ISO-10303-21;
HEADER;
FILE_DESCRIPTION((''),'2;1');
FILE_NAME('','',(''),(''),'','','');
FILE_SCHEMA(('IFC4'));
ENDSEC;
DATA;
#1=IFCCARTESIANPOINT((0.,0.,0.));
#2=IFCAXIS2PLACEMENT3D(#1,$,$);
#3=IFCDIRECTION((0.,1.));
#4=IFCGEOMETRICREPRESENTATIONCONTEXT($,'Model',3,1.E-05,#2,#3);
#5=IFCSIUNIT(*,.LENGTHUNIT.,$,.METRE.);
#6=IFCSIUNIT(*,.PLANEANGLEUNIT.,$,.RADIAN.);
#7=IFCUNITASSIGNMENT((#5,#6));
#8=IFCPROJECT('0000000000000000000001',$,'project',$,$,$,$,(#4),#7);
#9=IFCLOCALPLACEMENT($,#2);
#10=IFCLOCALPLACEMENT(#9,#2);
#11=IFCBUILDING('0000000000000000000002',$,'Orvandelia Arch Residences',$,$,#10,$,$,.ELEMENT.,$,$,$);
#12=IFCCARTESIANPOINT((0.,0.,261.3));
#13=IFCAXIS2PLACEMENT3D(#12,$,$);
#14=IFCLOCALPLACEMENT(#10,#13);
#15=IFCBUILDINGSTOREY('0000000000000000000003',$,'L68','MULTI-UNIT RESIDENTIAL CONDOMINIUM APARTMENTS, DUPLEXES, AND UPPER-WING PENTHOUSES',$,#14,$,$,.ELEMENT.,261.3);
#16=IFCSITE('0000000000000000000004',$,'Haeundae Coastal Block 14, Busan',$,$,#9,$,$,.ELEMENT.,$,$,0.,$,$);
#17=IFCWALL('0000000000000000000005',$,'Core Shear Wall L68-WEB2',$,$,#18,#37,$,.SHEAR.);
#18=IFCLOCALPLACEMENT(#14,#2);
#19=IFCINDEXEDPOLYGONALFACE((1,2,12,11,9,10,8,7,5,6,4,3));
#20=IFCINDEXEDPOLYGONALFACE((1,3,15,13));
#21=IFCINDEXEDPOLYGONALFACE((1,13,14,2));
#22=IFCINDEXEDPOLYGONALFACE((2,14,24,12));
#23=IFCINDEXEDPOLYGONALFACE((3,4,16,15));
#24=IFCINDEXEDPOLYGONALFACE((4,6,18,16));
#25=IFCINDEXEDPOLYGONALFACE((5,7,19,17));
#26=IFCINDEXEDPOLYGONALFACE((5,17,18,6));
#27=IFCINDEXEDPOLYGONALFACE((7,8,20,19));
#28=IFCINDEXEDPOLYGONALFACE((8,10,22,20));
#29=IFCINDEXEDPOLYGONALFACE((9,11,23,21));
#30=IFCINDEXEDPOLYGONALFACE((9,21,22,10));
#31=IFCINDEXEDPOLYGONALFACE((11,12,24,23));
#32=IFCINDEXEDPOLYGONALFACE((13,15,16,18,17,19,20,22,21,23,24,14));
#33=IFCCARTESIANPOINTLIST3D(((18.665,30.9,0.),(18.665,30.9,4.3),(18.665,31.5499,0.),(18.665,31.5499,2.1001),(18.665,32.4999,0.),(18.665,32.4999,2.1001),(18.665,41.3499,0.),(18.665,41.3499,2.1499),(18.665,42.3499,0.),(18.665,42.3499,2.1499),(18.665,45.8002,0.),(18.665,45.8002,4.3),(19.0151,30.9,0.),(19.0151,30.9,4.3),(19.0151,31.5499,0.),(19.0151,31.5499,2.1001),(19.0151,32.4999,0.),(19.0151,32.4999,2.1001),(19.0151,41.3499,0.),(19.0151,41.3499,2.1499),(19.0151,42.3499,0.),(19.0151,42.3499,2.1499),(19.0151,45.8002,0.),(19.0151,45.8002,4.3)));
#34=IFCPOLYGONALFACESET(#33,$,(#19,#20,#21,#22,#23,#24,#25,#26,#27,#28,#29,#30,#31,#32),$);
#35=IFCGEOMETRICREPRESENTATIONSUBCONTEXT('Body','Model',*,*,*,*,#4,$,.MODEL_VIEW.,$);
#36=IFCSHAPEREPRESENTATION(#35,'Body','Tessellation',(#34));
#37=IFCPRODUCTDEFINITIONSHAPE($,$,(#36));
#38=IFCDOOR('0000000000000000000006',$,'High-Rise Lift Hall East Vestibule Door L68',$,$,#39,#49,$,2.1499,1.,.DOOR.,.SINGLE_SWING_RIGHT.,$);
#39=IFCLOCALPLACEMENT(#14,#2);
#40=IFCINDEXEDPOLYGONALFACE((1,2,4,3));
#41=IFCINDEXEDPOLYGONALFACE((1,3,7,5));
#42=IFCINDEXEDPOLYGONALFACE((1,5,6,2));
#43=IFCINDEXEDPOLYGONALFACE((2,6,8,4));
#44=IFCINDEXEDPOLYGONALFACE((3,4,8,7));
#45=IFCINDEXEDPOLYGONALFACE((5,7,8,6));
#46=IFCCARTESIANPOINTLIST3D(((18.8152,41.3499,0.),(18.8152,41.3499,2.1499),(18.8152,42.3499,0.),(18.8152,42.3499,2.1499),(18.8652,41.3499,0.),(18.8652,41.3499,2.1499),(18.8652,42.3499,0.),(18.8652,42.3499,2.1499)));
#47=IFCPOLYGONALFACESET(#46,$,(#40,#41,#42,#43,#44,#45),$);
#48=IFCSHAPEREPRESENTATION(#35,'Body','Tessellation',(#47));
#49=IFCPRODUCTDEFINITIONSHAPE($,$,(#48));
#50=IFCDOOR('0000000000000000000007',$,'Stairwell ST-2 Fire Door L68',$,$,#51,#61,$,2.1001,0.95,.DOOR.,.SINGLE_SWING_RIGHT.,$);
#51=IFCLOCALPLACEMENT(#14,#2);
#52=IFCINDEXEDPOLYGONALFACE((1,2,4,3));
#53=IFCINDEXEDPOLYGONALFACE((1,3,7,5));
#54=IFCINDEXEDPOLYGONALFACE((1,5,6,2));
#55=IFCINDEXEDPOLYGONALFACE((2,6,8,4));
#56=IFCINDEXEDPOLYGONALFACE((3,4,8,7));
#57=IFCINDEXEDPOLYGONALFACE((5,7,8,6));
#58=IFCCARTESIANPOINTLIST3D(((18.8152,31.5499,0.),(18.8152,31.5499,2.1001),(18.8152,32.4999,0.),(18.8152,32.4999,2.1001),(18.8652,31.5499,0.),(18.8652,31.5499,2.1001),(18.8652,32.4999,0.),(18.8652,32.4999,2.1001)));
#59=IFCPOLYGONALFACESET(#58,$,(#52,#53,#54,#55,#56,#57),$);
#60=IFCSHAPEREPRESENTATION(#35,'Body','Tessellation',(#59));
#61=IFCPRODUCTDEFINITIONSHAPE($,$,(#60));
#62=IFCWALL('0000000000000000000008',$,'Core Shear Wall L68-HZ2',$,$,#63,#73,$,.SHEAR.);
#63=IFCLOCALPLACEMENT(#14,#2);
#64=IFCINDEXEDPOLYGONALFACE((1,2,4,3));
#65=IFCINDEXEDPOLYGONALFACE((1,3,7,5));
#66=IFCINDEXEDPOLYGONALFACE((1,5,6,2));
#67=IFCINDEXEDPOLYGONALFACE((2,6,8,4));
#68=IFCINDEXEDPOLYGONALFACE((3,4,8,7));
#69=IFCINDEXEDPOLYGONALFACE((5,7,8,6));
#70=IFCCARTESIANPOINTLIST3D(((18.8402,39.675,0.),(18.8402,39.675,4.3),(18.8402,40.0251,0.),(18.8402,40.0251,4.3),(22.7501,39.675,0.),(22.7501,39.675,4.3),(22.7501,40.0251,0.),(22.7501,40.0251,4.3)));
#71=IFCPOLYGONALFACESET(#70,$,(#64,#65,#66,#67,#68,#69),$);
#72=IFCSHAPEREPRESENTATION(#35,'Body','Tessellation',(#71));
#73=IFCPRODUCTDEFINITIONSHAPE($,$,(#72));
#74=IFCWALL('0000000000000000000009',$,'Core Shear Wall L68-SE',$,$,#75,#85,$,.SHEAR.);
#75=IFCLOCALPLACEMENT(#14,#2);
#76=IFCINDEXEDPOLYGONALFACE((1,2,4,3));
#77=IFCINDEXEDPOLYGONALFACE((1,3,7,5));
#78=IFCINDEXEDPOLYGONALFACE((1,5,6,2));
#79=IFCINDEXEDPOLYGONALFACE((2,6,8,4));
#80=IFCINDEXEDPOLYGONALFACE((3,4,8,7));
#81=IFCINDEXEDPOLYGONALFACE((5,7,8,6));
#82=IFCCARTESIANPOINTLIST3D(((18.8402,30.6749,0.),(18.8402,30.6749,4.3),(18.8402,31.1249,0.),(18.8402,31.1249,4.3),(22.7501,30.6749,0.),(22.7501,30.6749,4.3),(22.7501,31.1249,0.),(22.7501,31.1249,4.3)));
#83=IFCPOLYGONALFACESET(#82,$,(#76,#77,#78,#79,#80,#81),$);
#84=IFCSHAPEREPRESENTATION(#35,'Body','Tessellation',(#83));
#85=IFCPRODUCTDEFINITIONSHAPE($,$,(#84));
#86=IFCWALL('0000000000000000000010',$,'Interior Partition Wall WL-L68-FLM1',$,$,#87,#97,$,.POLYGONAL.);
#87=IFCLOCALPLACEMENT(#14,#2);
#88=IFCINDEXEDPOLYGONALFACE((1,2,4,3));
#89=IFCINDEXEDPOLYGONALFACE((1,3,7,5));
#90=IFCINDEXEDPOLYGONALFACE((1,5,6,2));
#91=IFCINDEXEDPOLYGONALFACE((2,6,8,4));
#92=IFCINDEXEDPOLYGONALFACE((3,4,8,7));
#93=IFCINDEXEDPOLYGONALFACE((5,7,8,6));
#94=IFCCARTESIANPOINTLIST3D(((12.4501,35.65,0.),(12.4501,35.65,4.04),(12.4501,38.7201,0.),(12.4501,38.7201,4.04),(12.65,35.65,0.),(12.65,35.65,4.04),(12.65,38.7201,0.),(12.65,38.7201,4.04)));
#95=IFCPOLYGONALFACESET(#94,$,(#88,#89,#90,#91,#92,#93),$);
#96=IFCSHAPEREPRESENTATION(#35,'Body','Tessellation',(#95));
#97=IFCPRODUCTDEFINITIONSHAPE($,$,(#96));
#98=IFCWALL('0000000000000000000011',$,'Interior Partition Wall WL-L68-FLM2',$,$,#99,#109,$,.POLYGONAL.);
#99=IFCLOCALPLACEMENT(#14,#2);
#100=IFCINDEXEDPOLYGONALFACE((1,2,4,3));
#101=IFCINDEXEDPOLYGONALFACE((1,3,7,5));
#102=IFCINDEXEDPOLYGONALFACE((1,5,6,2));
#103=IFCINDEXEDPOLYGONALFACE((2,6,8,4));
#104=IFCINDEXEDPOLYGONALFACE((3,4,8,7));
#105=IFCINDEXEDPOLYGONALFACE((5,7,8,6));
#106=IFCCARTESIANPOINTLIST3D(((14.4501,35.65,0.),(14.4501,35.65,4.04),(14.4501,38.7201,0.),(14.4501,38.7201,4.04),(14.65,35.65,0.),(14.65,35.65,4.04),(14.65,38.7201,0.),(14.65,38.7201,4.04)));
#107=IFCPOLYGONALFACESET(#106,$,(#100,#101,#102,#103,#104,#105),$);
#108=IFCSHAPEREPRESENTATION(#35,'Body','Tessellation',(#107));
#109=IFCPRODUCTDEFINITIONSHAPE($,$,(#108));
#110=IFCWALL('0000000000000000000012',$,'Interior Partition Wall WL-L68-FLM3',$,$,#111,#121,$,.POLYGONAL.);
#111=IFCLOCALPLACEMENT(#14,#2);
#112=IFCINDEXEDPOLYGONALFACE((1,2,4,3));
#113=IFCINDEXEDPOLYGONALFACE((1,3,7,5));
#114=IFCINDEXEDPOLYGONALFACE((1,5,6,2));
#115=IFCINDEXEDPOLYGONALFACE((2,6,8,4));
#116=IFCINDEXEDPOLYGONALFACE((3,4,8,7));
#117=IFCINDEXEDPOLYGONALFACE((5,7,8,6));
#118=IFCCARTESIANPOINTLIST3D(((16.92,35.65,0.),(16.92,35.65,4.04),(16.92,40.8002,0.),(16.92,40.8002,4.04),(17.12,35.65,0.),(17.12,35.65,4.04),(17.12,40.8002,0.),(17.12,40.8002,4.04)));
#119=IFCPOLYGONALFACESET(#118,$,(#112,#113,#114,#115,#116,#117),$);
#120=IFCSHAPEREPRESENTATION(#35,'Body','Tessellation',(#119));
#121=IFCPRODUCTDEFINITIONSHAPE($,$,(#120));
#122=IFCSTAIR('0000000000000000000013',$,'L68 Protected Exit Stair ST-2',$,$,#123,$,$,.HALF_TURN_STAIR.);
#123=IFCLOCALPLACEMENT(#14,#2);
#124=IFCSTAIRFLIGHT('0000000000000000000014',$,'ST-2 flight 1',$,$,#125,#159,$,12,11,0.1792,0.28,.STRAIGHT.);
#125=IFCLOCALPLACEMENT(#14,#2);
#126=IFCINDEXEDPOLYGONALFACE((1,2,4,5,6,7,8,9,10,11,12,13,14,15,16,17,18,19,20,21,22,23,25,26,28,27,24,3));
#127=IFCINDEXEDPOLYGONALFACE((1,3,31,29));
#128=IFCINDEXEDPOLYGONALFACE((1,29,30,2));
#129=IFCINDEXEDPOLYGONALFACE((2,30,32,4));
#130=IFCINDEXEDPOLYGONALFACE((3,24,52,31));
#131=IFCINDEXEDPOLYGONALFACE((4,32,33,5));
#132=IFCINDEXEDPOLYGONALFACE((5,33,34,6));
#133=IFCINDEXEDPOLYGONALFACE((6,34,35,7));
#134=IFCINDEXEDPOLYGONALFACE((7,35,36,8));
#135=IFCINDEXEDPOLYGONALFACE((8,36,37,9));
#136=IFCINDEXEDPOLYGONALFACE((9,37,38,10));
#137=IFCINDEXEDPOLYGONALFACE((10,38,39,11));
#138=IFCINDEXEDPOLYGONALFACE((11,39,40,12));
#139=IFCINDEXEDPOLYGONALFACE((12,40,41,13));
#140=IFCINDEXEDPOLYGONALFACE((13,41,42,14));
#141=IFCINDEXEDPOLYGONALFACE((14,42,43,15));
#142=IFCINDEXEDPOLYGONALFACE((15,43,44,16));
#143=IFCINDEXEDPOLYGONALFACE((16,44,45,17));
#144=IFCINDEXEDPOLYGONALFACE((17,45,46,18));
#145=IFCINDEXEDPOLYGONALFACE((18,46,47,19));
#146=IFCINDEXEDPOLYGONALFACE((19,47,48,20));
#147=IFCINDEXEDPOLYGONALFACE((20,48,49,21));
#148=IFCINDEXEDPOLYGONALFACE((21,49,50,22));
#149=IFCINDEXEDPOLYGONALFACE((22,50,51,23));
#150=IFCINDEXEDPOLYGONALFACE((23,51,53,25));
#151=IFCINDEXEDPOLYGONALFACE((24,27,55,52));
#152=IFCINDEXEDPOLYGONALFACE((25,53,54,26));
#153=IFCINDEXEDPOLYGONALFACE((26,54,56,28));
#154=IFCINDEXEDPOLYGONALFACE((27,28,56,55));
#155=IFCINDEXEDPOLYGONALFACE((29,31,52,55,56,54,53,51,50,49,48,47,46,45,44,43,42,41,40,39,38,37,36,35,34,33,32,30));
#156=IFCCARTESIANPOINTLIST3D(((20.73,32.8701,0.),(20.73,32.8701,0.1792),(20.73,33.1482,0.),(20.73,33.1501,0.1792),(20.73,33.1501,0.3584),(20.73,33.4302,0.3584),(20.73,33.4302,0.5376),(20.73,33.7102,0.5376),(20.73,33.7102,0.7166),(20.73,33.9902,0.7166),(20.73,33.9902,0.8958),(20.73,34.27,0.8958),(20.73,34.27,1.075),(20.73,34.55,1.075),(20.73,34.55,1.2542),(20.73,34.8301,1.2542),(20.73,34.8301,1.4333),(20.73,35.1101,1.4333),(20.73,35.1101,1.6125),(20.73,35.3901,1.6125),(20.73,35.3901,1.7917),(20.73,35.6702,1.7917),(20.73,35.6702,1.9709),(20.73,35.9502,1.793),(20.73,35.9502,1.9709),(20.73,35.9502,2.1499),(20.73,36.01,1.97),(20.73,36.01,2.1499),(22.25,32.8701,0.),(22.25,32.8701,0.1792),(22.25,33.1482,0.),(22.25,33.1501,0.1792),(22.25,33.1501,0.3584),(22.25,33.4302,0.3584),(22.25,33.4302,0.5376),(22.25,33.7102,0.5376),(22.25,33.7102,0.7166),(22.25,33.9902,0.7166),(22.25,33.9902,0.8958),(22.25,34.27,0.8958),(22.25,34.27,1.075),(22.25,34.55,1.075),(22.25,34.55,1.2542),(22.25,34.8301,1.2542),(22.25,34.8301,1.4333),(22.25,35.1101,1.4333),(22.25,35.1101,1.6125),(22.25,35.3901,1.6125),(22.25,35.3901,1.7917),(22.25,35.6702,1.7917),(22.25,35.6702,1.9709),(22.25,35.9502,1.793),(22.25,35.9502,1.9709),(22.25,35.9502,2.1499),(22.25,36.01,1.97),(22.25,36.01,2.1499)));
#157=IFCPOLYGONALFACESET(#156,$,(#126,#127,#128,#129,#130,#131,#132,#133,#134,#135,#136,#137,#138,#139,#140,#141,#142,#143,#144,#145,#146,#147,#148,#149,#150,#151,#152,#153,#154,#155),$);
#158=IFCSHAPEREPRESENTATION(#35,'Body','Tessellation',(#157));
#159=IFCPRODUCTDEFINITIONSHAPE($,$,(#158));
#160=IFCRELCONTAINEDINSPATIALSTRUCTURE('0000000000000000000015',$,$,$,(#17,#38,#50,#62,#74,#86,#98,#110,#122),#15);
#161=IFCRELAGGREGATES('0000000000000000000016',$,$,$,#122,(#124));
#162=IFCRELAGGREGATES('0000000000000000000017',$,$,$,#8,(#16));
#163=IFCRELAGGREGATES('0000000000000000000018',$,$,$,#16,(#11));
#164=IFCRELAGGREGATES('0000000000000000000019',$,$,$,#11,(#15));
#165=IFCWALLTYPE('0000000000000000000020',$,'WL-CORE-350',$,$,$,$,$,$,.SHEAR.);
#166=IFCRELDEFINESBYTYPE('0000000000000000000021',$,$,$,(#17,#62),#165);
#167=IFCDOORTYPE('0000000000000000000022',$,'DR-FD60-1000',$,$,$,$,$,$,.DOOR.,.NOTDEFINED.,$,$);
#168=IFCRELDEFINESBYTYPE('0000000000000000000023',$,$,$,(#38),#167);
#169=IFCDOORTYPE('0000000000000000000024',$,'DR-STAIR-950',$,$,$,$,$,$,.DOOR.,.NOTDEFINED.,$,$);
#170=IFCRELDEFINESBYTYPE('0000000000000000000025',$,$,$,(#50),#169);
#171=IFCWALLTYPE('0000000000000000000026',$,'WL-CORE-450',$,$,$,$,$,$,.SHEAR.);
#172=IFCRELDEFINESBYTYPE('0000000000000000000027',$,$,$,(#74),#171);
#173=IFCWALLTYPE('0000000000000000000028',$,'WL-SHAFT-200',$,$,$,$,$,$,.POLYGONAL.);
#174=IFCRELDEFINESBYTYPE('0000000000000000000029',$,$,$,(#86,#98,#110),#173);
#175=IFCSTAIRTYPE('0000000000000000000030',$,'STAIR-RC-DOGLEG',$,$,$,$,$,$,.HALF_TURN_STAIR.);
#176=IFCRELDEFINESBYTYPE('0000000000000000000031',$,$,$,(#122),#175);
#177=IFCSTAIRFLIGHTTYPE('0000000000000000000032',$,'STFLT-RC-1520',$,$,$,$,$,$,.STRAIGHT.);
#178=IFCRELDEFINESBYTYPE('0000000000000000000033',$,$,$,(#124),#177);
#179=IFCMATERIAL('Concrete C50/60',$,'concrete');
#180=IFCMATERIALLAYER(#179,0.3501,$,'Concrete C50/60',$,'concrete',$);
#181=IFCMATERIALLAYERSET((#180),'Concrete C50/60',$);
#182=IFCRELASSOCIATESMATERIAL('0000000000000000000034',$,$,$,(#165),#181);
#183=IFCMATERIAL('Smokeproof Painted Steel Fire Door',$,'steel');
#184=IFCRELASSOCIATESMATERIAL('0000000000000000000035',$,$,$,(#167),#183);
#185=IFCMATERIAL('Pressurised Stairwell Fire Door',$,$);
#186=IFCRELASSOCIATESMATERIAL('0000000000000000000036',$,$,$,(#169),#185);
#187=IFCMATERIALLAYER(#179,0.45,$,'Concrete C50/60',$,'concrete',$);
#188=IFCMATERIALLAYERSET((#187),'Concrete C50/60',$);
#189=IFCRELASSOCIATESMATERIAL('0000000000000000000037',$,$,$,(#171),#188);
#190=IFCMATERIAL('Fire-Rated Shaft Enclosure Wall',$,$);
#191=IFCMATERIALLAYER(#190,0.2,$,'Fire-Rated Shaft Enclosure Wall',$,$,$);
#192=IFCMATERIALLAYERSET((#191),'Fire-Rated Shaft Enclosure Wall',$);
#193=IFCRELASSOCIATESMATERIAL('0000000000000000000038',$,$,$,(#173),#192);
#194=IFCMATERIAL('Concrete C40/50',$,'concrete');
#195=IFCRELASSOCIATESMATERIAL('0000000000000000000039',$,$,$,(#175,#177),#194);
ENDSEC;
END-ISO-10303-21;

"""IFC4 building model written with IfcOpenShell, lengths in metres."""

from ifc_helpers import new_model, si_unit, direction, frame, frame_2d, origin, place, context, subcontext, project, spatial, polyline, rectangle, outline, extrude, material, layer, layer_set, type_object, element, fill, aggregate, save


model = new_model("IFC4")

# Units and contexts
model_context = context("Model", 3, precision=1e-05, world=origin(), true_north=direction((0.0, 1.0)))
body_context = subcontext(model_context, "Body", "Model", "MODEL_VIEW")
ifc_project = project(units=[si_unit("LENGTHUNIT", "METRE"), si_unit("PLANEANGLEUNIT", "RADIAN")], contexts=[model_context])

# Site, building, storey
site_placement = place(None, origin())
site = spatial("IfcSite", under=ifc_project, at=site_placement, Name="Haeundae Coastal Block 14, Busan", CompositionType="ELEMENT", RefElevation=0.0)
building_placement = place(site_placement, origin())
building = spatial("IfcBuilding", under=site, at=building_placement, Name="Orvandelia Arch Residences", CompositionType="ELEMENT")
storey_placement = place(building_placement, frame((0.0, 0.0, 261.3)))
storey = spatial("IfcBuildingStorey", under=building, at=storey_placement, Name="L68", Description="MULTI-UNIT RESIDENTIAL CONDOMINIUM APARTMENTS, DUPLEXES, AND UPPER-WING PENTHOUSES", CompositionType="ELEMENT", Elevation=261.3)

# Shared definitions
ifc_material_1 = material(Name="Concrete C50/60", Category="concrete")

# Wall, openings, doors
ifc_layer_1 = layer(ifc_material_1, 0.3501, Name="Concrete C50/60", Category="concrete")
ifc_layer_set_1 = layer_set([ifc_layer_1], Name="Concrete C50/60")
wall_type_1 = type_object("IfcWallType", Name="WL-CORE-350", PredefinedType="SHEAR", material=ifc_layer_set_1)
wall_1_placement = place(storey_placement, frame((18.8401, 30.8999, 0.0), z_axis=(0.0, 0.0, 1.0), x_axis=(0.0, 1.0, 0.0)))
wall_1 = element("IfcWall", 1, at=wall_1_placement, inside=storey, type_object=wall_type_1, Name="Core Shear Wall L68-WEB2", PredefinedType="SHEAR", context=body_context, shape_type="SweptSolid", body=[
    extrude(rectangle(XDim=14.9001, YDim=0.3501, at=frame_2d((7.4502, 0.0))), origin(), (0.0, 0.0, 1.0), 4.3),
])
opening_1_placement = place(wall_1_placement, frame((0.6499, 0.0, 0.0)))
opening_1 = element("IfcOpeningElement", 2, at=opening_1_placement, cuts=wall_1, PredefinedType="OPENING", context=body_context, shape_type="SweptSolid", body=[
    extrude(rectangle(XDim=0.95, YDim=2.1001, at=frame_2d((0.4751, 1.05))), frame((0.0, 0.1851, 0.0), z_axis=(0.0, -1.0, 0.0), x_axis=(1.0, 0.0, 0.0)), (0.0, 0.0, 1.0), 0.3701),
])
opening_2_placement = place(wall_1_placement, frame((10.45, 0.0, 0.0)))
opening_2 = element("IfcOpeningElement", 3, at=opening_2_placement, cuts=wall_1, PredefinedType="OPENING", context=body_context, shape_type="SweptSolid", body=[
    extrude(rectangle(XDim=1.0, YDim=2.1499, at=frame_2d((0.5, 1.075))), frame((0.0, 0.1851, 0.0), z_axis=(0.0, -1.0, 0.0), x_axis=(1.0, 0.0, 0.0)), (0.0, 0.0, 1.0), 0.3701),
])
ifc_material_2 = material(Name="Smokeproof Painted Steel Fire Door", Category="steel")
door_type_1 = type_object("IfcDoorType", Name="DR-FD60-1000", OperationType="NOTDEFINED", PredefinedType="DOOR", material=ifc_material_2)
door_1_placement = place(opening_2_placement, origin())
door_1 = element("IfcDoor", 4, at=door_1_placement, inside=storey, type_object=door_type_1, Name="High-Rise Lift Hall East Vestibule Door L68", OperationType="SINGLE_SWING_RIGHT", OverallHeight=2.1499, OverallWidth=1.0, PredefinedType="DOOR", context=body_context, shape_type="SweptSolid", body=[
    extrude(rectangle(XDim=1.0, YDim=2.1499, at=frame_2d((0.5, 1.075))), frame((0.0, 0.0249, 0.0), z_axis=(0.0, -1.0, 0.0), x_axis=(1.0, 0.0, 0.0)), (0.0, 0.0, 1.0), 0.05),
])
fill(opening_2, door_1)
ifc_material_3 = material(Name="Pressurised Stairwell Fire Door")
door_type_2 = type_object("IfcDoorType", Name="DR-STAIR-950", OperationType="NOTDEFINED", PredefinedType="DOOR", material=ifc_material_3)
door_2_placement = place(opening_1_placement, origin())
door_2 = element("IfcDoor", 5, at=door_2_placement, inside=storey, type_object=door_type_2, Name="Stairwell ST-2 Fire Door L68", OperationType="SINGLE_SWING_RIGHT", OverallHeight=2.1001, OverallWidth=0.95, PredefinedType="DOOR", context=body_context, shape_type="SweptSolid", body=[
    extrude(rectangle(XDim=0.95, YDim=2.1001, at=frame_2d((0.4751, 1.05))), frame((0.0, 0.0249, 0.0), z_axis=(0.0, -1.0, 0.0), x_axis=(1.0, 0.0, 0.0)), (0.0, 0.0, 1.0), 0.05),
])
fill(opening_1, door_2)

# Walls
wall_2_placement = place(storey_placement, frame((18.8401, 39.8501, 0.0), z_axis=(0.0, 0.0, 1.0), x_axis=(1.0, 0.0, 0.0)))
element("IfcWall", 6, at=wall_2_placement, inside=storey, type_object=wall_type_1, Name="Core Shear Wall L68-HZ2", PredefinedType="SHEAR", context=body_context, shape_type="SweptSolid", body=[
    extrude(rectangle(XDim=3.9099, YDim=0.3501, at=frame_2d((1.9551, 0.0))), origin(), (0.0, 0.0, 1.0), 4.3),
])
ifc_layer_2 = layer(ifc_material_1, 0.45, Name="Concrete C50/60", Category="concrete")
ifc_layer_set_2 = layer_set([ifc_layer_2], Name="Concrete C50/60")
wall_type_2 = type_object("IfcWallType", Name="WL-CORE-450", PredefinedType="SHEAR", material=ifc_layer_set_2)
wall_3_placement = place(storey_placement, frame((18.8401, 30.8999, 0.0), z_axis=(0.0, 0.0, 1.0), x_axis=(1.0, 0.0, 0.0)))
element("IfcWall", 7, at=wall_3_placement, inside=storey, type_object=wall_type_2, Name="Core Shear Wall L68-SE", PredefinedType="SHEAR", context=body_context, shape_type="SweptSolid", body=[
    extrude(rectangle(XDim=3.9099, YDim=0.45, at=frame_2d((1.9551, 0.0))), origin(), (0.0, 0.0, 1.0), 4.3),
])
ifc_material_4 = material(Name="Fire-Rated Shaft Enclosure Wall")
ifc_layer_3 = layer(ifc_material_4, 0.2, Name="Fire-Rated Shaft Enclosure Wall")
ifc_layer_set_3 = layer_set([ifc_layer_3], Name="Fire-Rated Shaft Enclosure Wall")
wall_type_3 = type_object("IfcWallType", Name="WL-SHAFT-200", PredefinedType="POLYGONAL", material=ifc_layer_set_3)
for number, where, z_axis, x_axis, name in (
    (8, (12.55, 35.6499, 0.0), (0.0, 0.0, 1.0), (0.0, 1.0, 0.0), "Interior Partition Wall WL-L68-FLM1"),
    (9, (14.55, 35.6499, 0.0), (0.0, 0.0, 1.0), (0.0, 1.0, 0.0), "Interior Partition Wall WL-L68-FLM2"),
):
    element("IfcWall", number, at=place(storey_placement, frame(where, z_axis=z_axis, x_axis=x_axis)), inside=storey, type_object=wall_type_3, Name=name, PredefinedType="POLYGONAL", context=body_context, shape_type="SweptSolid", body=[
        extrude(rectangle(XDim=3.0701, YDim=0.2, at=frame_2d((1.5352, 0.0))), origin(), (0.0, 0.0, 1.0), 4.04),
    ])
wall_4_placement = place(storey_placement, frame((17.02, 35.6499, 0.0), z_axis=(0.0, 0.0, 1.0), x_axis=(0.0, 1.0, 0.0)))
element("IfcWall", 10, at=wall_4_placement, inside=storey, type_object=wall_type_3, Name="Interior Partition Wall WL-L68-FLM3", PredefinedType="POLYGONAL", context=body_context, shape_type="SweptSolid", body=[
    extrude(rectangle(XDim=5.1501, YDim=0.2, at=frame_2d((2.5752, 0.0))), origin(), (0.0, 0.0, 1.0), 4.04),
])

# Stair, stair flight
ifc_material_5 = material(Name="Concrete C40/50", Category="concrete")
stair_type = type_object("IfcStairType", Name="STAIR-RC-DOGLEG", PredefinedType="HALF_TURN_STAIR", material=ifc_material_5)
stair_placement = place(storey_placement, origin())
stair = element("IfcStair", 11, at=stair_placement, inside=storey, type_object=stair_type, Name="L68 Protected Exit Stair ST-2", PredefinedType="HALF_TURN_STAIR")
stair_flight_type = type_object("IfcStairFlightType", Name="STFLT-RC-1520", PredefinedType="STRAIGHT", material=ifc_material_5)
stair_flight_1_placement = place(storey_placement, frame((21.49, 32.8701, 0.0), z_axis=(0.0, 0.0, 1.0), x_axis=(0.0, 1.0, 0.0)))
stair_flight_1 = element("IfcStairFlight", 12, at=stair_flight_1_placement, type_object=stair_flight_type, Name="ST-2 flight 1", NumberOfRisers=12, NumberOfTreads=11, PredefinedType="STRAIGHT", RiserHeight=0.1792, TreadLength=0.28, context=body_context, shape_type="SweptSolid", body=[
    extrude(outline(polyline([(0.0, 0.0), (0.0, 0.1792), (0.28, 0.1792), (0.28, 0.3584), (0.5601, 0.3584), (0.5601, 0.5376), (0.8401, 0.5376), (0.8401, 0.7166), (1.1201, 0.7166), (1.1201, 0.8958), (1.3999, 0.8958), (1.3999, 1.075), (1.6799, 1.075), (1.6799, 1.2542), (1.96, 1.2542), (1.96, 1.4333), (2.24, 1.4333), (2.24, 1.6125), (2.52, 1.6125), (2.52, 1.7917), (2.8, 1.7917), (2.8, 1.9709), (3.0801, 1.9709), (3.0801, 2.1499), (3.1399, 2.1499), (3.1399, 1.97), (3.0801, 1.793), (0.2781, 0.0), (0.0, 0.0)])), frame((0.0, 0.76, 0.0), z_axis=(0.0, -1.0, 0.0), x_axis=(1.0, 0.0, 0.0)), (0.0, 0.0, 1.0), 1.52),
])
aggregate(stair, [stair_flight_1])

save(model, "model.ifc")
